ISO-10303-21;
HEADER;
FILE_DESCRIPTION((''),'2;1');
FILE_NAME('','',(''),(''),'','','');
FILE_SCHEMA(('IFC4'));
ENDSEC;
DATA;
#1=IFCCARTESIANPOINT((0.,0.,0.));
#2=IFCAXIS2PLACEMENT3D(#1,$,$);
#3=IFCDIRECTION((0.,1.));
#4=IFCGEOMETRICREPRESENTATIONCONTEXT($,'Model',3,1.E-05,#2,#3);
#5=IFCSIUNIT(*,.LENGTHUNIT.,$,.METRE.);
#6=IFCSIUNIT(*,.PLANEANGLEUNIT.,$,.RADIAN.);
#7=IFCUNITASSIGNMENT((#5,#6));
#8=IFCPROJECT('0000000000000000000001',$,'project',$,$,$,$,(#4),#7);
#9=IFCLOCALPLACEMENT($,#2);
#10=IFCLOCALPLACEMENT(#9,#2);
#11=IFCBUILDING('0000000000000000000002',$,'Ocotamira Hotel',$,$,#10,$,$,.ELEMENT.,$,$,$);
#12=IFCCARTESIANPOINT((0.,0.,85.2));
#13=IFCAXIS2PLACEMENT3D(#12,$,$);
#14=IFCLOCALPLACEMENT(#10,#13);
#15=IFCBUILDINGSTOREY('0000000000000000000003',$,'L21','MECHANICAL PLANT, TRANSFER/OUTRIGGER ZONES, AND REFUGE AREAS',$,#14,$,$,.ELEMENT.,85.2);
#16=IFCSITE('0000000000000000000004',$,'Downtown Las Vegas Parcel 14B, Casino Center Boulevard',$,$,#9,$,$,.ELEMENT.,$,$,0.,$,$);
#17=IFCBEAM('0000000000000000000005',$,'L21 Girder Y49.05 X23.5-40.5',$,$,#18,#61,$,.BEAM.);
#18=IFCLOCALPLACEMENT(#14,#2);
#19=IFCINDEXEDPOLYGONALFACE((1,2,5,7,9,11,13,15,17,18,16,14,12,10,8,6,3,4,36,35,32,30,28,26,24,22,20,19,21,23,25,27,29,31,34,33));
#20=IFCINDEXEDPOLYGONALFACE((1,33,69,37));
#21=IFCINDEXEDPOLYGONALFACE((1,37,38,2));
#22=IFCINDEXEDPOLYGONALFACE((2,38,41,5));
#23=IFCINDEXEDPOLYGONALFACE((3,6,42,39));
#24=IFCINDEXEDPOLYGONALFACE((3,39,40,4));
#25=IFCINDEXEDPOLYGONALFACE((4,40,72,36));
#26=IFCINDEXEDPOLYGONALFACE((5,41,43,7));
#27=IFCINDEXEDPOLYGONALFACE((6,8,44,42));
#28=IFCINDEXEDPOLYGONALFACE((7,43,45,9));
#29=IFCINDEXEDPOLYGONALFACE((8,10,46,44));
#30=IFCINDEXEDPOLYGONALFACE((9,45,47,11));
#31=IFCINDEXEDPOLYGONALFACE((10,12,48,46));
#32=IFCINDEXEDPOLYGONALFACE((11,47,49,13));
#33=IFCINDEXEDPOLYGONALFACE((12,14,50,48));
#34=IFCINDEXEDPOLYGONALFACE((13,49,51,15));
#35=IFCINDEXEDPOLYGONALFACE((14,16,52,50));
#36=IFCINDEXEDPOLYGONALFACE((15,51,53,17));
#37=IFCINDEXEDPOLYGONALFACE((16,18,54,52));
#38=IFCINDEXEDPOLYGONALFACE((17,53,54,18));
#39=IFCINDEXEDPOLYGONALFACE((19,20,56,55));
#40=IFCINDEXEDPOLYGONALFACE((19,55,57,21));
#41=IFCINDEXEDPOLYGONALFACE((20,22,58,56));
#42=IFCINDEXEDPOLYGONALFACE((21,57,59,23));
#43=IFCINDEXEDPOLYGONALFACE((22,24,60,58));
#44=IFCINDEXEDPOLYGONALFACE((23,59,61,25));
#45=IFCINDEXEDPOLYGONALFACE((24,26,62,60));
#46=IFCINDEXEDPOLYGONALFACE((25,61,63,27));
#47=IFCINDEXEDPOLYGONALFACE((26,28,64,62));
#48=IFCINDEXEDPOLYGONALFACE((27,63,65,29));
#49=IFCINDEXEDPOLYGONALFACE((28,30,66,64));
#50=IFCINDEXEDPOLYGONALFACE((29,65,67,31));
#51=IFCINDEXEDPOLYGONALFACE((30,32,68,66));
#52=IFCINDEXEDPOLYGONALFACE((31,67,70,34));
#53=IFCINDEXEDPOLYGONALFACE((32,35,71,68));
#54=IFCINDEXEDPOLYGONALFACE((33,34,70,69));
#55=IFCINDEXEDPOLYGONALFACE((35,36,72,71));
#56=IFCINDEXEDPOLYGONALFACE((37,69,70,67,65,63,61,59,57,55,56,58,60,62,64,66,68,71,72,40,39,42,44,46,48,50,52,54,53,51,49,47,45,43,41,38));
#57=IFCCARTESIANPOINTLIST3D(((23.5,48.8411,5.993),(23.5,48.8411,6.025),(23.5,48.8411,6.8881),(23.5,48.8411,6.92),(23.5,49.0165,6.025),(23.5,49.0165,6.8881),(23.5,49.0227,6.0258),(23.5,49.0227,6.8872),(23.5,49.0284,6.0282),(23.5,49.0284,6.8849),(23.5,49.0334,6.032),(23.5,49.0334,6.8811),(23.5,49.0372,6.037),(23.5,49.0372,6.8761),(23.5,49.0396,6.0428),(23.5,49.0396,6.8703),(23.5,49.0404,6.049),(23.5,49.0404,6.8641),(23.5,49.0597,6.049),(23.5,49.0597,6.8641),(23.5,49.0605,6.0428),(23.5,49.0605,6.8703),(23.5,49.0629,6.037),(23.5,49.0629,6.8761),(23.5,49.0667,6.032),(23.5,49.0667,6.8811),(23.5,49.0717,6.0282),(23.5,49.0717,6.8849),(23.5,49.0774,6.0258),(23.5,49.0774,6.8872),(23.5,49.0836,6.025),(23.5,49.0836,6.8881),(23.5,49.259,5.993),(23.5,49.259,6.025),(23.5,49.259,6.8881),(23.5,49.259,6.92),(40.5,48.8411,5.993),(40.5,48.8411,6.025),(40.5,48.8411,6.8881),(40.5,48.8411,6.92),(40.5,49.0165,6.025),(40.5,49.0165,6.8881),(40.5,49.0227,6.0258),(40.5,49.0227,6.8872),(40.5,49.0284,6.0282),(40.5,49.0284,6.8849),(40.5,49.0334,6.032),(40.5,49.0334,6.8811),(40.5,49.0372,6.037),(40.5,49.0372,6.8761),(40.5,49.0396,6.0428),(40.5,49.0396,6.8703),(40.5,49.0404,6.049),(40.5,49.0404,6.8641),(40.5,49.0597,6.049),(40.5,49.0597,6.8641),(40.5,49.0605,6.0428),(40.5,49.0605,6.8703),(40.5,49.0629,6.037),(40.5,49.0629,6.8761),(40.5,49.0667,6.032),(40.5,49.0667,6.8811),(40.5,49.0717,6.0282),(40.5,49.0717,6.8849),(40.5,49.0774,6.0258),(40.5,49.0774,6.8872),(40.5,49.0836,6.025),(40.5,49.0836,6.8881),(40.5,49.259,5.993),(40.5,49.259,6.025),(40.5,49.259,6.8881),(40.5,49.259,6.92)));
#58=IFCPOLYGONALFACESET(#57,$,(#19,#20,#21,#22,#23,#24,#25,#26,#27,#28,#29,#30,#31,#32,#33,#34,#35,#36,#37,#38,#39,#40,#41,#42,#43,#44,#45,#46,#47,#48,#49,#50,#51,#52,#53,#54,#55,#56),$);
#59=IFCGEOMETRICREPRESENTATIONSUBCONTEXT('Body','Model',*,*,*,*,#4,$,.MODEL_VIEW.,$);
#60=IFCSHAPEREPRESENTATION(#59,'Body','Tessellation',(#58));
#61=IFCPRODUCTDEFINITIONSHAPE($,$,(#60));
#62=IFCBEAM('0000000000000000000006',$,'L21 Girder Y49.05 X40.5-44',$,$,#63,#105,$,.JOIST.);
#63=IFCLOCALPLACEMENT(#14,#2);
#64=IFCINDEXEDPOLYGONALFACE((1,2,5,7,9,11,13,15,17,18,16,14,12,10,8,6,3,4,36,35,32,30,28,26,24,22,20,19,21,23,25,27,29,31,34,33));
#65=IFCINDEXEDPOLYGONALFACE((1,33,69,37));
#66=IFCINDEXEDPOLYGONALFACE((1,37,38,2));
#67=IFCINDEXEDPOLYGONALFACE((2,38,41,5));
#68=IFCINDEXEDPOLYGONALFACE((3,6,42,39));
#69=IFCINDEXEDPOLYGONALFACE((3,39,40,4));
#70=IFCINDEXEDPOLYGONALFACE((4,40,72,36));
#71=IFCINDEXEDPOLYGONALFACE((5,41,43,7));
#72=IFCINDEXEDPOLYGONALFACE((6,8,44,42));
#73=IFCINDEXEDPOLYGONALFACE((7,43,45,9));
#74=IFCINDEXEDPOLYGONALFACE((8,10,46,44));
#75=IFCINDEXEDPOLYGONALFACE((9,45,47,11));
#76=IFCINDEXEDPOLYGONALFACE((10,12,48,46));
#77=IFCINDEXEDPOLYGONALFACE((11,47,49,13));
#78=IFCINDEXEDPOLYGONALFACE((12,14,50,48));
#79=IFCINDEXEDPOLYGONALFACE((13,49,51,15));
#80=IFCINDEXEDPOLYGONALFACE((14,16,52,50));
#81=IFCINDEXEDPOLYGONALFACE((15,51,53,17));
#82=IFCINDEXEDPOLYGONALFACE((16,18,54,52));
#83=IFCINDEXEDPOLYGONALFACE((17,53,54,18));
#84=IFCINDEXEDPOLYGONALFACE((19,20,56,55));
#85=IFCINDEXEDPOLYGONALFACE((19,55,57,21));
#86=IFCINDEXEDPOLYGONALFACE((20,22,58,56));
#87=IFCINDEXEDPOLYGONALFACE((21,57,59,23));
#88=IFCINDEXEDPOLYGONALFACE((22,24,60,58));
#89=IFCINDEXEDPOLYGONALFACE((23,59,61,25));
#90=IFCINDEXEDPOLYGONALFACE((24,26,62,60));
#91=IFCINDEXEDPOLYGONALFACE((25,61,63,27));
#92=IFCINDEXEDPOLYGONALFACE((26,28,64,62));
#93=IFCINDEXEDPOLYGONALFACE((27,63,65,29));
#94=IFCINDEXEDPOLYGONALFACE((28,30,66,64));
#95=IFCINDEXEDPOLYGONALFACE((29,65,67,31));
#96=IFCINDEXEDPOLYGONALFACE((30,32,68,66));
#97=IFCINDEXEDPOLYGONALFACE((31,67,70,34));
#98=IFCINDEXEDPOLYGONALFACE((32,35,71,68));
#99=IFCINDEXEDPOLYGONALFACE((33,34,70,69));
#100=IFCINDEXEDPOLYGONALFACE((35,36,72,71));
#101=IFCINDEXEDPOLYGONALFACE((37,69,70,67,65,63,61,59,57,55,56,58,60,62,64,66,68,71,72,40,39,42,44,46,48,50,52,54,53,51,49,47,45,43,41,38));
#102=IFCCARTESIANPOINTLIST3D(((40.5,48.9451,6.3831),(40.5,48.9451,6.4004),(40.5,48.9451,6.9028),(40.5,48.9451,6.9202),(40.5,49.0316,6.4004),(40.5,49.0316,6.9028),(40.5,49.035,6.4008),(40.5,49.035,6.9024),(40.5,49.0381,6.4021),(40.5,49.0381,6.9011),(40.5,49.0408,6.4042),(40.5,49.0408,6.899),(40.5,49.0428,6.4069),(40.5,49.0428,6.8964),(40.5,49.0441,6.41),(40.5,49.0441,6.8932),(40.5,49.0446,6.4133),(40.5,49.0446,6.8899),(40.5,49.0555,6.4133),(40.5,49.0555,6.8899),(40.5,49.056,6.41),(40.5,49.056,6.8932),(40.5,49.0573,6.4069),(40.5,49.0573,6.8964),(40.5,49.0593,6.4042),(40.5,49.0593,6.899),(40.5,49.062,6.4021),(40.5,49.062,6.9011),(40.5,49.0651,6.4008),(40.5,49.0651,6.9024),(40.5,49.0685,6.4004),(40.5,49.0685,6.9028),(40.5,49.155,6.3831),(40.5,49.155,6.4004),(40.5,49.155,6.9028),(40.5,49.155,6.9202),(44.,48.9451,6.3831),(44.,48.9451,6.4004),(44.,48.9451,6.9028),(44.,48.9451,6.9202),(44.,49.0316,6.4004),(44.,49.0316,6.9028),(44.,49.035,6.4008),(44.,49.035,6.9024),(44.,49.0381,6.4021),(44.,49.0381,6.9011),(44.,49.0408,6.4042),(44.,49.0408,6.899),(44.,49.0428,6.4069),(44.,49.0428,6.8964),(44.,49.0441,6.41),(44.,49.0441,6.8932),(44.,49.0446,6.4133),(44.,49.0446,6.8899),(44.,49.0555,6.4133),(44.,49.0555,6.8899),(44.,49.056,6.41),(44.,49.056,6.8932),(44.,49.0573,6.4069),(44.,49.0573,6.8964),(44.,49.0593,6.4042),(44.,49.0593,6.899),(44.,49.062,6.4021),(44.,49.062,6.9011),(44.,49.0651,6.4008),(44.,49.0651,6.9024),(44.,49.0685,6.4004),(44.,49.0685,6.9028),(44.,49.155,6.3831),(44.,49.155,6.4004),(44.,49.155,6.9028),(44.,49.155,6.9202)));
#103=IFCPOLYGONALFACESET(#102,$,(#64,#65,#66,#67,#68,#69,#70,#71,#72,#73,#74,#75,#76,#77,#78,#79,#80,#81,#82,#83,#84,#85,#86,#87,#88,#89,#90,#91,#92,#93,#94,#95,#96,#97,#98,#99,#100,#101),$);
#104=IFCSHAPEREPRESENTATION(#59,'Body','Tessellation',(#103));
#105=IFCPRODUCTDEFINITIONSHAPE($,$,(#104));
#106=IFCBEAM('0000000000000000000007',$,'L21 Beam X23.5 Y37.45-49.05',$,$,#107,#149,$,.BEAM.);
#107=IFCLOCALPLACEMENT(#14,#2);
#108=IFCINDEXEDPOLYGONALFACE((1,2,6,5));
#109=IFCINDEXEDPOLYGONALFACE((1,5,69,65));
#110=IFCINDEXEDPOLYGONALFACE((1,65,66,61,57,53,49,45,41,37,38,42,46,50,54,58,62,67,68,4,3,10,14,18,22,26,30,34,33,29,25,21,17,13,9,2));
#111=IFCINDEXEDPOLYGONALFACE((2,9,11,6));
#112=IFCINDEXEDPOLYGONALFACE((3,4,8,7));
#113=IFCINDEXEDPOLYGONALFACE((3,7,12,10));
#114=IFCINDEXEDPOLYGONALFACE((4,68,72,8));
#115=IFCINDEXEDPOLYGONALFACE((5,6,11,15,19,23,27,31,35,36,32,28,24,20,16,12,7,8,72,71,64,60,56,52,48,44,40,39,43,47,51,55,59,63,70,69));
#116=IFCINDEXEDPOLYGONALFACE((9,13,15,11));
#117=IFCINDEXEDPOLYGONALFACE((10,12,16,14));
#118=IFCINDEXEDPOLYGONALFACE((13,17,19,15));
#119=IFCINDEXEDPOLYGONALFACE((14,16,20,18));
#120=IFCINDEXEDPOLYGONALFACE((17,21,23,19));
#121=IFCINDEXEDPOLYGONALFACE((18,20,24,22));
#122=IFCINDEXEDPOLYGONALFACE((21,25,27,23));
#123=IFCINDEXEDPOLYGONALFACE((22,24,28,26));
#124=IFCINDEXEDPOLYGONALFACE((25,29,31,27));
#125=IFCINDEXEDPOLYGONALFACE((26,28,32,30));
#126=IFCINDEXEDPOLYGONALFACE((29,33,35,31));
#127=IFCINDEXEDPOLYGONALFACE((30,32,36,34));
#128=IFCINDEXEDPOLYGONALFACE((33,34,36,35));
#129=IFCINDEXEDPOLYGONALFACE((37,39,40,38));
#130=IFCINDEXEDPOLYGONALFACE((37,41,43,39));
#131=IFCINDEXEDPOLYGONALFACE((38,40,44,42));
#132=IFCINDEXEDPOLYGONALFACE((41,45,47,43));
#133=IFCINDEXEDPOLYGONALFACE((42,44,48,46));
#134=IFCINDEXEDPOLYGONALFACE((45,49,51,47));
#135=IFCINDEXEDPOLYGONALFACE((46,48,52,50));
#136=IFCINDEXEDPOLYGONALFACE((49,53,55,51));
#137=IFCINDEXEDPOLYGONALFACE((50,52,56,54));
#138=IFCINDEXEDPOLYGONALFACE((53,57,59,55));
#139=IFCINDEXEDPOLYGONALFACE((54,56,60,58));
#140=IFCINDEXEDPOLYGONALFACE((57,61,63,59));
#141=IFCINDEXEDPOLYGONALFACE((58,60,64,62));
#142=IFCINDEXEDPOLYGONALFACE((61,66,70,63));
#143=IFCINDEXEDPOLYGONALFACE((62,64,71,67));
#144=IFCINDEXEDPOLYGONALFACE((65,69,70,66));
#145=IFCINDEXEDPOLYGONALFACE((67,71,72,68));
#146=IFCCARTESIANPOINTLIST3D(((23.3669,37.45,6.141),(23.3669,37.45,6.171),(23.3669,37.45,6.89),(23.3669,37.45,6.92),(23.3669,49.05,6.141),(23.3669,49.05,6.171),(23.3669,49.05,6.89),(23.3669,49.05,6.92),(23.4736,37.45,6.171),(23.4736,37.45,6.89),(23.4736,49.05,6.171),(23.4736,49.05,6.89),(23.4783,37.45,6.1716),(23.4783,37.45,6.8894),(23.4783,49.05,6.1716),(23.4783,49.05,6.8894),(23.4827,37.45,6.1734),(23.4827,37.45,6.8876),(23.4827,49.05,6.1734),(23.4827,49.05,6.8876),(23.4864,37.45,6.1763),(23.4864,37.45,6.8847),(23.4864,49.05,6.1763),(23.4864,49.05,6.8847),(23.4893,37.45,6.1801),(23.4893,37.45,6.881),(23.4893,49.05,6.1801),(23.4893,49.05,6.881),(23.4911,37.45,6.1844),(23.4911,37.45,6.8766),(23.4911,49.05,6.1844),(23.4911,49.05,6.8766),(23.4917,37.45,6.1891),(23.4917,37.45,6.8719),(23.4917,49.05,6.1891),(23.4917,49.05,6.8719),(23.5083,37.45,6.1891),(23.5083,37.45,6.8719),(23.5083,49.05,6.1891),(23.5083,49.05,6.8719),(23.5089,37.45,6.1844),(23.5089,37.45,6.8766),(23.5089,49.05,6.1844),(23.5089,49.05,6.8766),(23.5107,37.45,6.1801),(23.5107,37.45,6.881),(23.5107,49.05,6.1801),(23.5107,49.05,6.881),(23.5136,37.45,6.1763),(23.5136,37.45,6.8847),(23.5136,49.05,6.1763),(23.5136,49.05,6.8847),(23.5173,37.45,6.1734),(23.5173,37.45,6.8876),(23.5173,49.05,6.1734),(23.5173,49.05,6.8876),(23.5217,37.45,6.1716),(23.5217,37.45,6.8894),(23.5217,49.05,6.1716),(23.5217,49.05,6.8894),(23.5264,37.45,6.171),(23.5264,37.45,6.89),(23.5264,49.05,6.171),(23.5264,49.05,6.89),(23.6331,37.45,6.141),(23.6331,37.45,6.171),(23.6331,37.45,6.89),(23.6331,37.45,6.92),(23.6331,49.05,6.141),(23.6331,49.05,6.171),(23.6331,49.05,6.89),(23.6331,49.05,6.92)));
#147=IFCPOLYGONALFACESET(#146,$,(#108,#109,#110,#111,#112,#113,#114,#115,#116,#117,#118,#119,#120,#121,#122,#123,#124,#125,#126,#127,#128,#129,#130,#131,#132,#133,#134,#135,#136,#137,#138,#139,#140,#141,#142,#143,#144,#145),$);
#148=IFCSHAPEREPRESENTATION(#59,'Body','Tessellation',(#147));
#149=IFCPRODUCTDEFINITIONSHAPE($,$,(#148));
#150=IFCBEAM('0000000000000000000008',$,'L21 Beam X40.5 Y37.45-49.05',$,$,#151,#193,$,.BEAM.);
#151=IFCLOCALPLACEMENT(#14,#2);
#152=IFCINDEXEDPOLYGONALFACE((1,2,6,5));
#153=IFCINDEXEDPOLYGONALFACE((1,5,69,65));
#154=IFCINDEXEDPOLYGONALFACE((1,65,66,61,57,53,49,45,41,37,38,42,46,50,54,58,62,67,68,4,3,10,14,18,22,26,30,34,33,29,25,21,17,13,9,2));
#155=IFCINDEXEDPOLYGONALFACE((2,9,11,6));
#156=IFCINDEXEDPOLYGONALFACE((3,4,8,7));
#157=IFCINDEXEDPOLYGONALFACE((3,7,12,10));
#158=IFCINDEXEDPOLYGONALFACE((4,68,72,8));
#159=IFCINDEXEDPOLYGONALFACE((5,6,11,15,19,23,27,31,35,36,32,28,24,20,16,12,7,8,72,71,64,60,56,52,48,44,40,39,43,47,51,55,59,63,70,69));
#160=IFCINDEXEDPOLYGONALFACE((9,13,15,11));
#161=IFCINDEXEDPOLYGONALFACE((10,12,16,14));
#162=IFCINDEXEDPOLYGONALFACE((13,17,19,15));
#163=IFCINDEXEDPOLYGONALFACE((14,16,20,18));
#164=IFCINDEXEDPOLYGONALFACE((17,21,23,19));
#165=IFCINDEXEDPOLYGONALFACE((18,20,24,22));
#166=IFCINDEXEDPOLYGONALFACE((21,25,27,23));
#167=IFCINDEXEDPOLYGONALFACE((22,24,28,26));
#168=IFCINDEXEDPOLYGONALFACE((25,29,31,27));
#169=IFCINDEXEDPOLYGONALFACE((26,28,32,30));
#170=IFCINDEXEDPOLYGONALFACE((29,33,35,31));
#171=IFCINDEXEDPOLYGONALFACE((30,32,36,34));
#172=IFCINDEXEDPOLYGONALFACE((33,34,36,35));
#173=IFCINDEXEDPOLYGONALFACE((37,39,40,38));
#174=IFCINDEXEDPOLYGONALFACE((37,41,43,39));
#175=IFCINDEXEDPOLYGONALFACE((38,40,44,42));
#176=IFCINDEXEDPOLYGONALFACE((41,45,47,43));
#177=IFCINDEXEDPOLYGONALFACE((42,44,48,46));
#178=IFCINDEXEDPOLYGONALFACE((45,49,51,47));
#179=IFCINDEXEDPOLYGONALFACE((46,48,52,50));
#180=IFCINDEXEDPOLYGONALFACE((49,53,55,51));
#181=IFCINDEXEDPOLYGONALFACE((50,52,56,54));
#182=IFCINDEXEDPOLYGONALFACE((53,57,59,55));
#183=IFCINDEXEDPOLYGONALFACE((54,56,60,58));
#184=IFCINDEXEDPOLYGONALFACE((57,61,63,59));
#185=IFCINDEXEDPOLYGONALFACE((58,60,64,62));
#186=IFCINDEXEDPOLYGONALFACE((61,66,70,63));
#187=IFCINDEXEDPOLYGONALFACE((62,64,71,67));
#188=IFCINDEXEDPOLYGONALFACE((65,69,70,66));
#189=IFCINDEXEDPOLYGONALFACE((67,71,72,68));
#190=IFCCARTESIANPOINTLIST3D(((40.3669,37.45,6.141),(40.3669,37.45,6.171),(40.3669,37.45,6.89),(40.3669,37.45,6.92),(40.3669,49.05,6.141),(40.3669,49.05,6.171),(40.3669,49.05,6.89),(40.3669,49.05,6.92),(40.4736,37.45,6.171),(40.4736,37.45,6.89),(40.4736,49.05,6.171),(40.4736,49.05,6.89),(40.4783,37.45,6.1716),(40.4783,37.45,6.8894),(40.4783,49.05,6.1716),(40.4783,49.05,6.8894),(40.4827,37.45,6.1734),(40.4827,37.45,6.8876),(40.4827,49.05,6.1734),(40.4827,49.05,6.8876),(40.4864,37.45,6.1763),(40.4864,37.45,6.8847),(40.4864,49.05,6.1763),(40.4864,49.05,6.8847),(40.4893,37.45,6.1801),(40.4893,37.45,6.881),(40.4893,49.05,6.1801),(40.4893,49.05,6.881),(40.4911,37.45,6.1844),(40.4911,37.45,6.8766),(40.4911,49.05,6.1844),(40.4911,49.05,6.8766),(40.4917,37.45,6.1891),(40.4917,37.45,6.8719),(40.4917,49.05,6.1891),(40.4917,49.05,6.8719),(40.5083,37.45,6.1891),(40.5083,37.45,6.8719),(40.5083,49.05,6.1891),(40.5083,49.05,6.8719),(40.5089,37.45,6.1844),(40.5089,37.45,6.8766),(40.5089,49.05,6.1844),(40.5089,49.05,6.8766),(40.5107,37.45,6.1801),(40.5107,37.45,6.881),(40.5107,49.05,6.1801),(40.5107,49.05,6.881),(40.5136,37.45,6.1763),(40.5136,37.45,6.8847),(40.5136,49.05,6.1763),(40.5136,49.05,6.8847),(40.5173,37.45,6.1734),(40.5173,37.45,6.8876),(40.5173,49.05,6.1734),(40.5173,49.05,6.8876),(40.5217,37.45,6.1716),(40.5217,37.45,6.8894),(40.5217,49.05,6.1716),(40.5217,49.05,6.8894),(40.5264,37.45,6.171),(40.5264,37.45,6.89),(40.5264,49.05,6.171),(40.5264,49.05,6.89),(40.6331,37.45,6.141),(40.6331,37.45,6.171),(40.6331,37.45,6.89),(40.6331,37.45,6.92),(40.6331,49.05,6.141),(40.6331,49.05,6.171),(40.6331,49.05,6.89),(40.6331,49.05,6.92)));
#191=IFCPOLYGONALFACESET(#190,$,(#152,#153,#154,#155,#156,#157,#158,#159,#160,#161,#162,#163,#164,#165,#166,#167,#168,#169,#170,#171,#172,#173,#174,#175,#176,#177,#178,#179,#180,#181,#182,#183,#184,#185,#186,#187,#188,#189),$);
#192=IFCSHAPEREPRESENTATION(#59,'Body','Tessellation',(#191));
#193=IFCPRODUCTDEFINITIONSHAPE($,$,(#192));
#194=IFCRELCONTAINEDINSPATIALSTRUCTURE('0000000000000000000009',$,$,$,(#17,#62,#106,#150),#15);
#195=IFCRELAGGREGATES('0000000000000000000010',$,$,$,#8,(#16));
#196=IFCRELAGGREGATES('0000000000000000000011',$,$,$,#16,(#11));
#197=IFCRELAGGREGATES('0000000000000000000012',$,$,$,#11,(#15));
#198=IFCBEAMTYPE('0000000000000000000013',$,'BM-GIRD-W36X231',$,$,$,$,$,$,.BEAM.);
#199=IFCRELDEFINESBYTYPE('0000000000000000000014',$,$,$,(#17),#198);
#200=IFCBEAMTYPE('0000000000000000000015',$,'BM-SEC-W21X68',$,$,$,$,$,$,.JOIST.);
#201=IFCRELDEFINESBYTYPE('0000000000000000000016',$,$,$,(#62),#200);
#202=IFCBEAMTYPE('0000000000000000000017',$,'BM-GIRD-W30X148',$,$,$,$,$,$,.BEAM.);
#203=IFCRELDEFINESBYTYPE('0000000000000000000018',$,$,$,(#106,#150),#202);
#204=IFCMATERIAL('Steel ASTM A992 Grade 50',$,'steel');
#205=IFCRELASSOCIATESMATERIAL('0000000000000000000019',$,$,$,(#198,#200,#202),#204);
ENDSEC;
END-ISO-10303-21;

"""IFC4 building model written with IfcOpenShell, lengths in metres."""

from ifc_helpers import new_model, si_unit, direction, frame, origin, origin_2d, place, context, subcontext, project, spatial, i_section, extrude, source, transform, mapped, material, material_profile, profile_set, type_object, element, save


model = new_model("IFC4")

# Units and contexts
model_context = context("Model", 3, precision=1e-05, world=origin(), true_north=direction((0.0, 1.0)))
body_context = subcontext(model_context, "Body", "Model", "MODEL_VIEW")
ifc_project = project(units=[si_unit("LENGTHUNIT", "METRE"), si_unit("PLANEANGLEUNIT", "RADIAN")], contexts=[model_context])

# Site, building, storey
site_placement = place(None, origin())
site = spatial("IfcSite", under=ifc_project, at=site_placement, Name="Downtown Las Vegas Parcel 14B, Casino Center Boulevard", CompositionType="ELEMENT", RefElevation=0.0)
building_placement = place(site_placement, origin())
building = spatial("IfcBuilding", under=site, at=building_placement, Name="Ocotamira Hotel", CompositionType="ELEMENT")
storey_placement = place(building_placement, frame((0.0, 0.0, 85.2)))
storey = spatial("IfcBuildingStorey", under=building, at=storey_placement, Name="L21", Description="MECHANICAL PLANT, TRANSFER/OUTRIGGER ZONES, AND REFUGE AREAS", CompositionType="ELEMENT", Elevation=85.2)

# Beams
ifc_material_1 = material(Name="Steel ASTM A992 Grade 50", Category="steel")
ifc_material_profile_1 = material_profile(ifc_material_1, i_section(OverallWidth=0.418, OverallDepth=0.927, WebThickness=0.0193, FlangeThickness=0.032, FilletRadius=0.0239, at=origin_2d()), Name="W36X231")
ifc_profile_set_1 = profile_set([ifc_material_profile_1], Name="Steel ASTM A992 Grade 50")
beam_type_1 = type_object("IfcBeamType", Name="BM-GIRD-W36X231", PredefinedType="BEAM", material=ifc_profile_set_1)
shared_shape_1 = source(origin(), body_context, "Body", "SweptSolid", [
    extrude(i_section(OverallWidth=0.418, OverallDepth=0.927, WebThickness=0.0193, FlangeThickness=0.032, FilletRadius=0.0239, at=origin_2d()), origin(), (0.0, 0.0, 1.0), 17.0),
])
beam_1_placement = place(storey_placement, frame((23.5, 49.05, 6.4565), z_axis=(1.0, 0.0, 0.0), x_axis=(0.0, 1.0, 0.0)))
element("IfcBeam", 1, at=beam_1_placement, inside=storey, type_object=beam_type_1, Name="L21 Girder Y49.05 X23.5-40.5", PredefinedType="BEAM", context=body_context, shape_type="MappedRepresentation", body=[
    mapped(shared_shape_1, transform((0.0, 0.0, 0.0), scale=1.0)),
])
ifc_material_profile_2 = material_profile(ifc_material_1, i_section(OverallWidth=0.21, OverallDepth=0.5371, WebThickness=0.011, FlangeThickness=0.0173, FilletRadius=0.0129, at=origin_2d()), Name="W21X68")
ifc_profile_set_2 = profile_set([ifc_material_profile_2], Name="Steel ASTM A992 Grade 50")
beam_type_2 = type_object("IfcBeamType", Name="BM-SEC-W21X68", PredefinedType="JOIST", material=ifc_profile_set_2)
shared_shape_2 = source(origin(), body_context, "Body", "SweptSolid", [
    extrude(i_section(OverallWidth=0.21, OverallDepth=0.5371, WebThickness=0.011, FlangeThickness=0.0173, FilletRadius=0.0129, at=origin_2d()), origin(), (0.0, 0.0, 1.0), 3.5),
])
beam_2_placement = place(storey_placement, frame((40.5, 49.05, 6.6516), z_axis=(1.0, 0.0, 0.0), x_axis=(0.0, 1.0, 0.0)))
element("IfcBeam", 2, at=beam_2_placement, inside=storey, type_object=beam_type_2, Name="L21 Girder Y49.05 X40.5-44", PredefinedType="JOIST", context=body_context, shape_type="MappedRepresentation", body=[
    mapped(shared_shape_2, transform((0.0, 0.0, 0.0), scale=1.0)),
])
ifc_material_profile_3 = material_profile(ifc_material_1, i_section(OverallWidth=0.2661, OverallDepth=0.7791, WebThickness=0.0166, FlangeThickness=0.03, FilletRadius=0.0181, at=origin_2d()), Name="W30X148")
ifc_profile_set_3 = profile_set([ifc_material_profile_3], Name="Steel ASTM A992 Grade 50")
beam_type_3 = type_object("IfcBeamType", Name="BM-GIRD-W30X148", PredefinedType="BEAM", material=ifc_profile_set_3)
shared_shape_3 = source(origin(), body_context, "Body", "SweptSolid", [
    extrude(i_section(OverallWidth=0.2661, OverallDepth=0.7791, WebThickness=0.0166, FlangeThickness=0.03, FilletRadius=0.0181, at=origin_2d()), origin(), (0.0, 0.0, 1.0), 11.6001),
])
for number, where, z_axis, x_axis, name in (
    (3, (23.5, 37.45, 6.5305), (0.0, 1.0, 0.0), (-1.0, 0.0, 0.0), "L21 Beam X23.5 Y37.45-49.05"),
    (4, (40.5, 37.45, 6.5305), (0.0, 1.0, 0.0), (-1.0, 0.0, 0.0), "L21 Beam X40.5 Y37.45-49.05"),
):
    element("IfcBeam", number, at=place(storey_placement, frame(where, z_axis=z_axis, x_axis=x_axis)), inside=storey, type_object=beam_type_3, Name=name, PredefinedType="BEAM", context=body_context, shape_type="MappedRepresentation", body=[
        mapped(shared_shape_3, transform((0.0, 0.0, 0.0), scale=1.0)),
    ])

save(model, "model.ifc")
